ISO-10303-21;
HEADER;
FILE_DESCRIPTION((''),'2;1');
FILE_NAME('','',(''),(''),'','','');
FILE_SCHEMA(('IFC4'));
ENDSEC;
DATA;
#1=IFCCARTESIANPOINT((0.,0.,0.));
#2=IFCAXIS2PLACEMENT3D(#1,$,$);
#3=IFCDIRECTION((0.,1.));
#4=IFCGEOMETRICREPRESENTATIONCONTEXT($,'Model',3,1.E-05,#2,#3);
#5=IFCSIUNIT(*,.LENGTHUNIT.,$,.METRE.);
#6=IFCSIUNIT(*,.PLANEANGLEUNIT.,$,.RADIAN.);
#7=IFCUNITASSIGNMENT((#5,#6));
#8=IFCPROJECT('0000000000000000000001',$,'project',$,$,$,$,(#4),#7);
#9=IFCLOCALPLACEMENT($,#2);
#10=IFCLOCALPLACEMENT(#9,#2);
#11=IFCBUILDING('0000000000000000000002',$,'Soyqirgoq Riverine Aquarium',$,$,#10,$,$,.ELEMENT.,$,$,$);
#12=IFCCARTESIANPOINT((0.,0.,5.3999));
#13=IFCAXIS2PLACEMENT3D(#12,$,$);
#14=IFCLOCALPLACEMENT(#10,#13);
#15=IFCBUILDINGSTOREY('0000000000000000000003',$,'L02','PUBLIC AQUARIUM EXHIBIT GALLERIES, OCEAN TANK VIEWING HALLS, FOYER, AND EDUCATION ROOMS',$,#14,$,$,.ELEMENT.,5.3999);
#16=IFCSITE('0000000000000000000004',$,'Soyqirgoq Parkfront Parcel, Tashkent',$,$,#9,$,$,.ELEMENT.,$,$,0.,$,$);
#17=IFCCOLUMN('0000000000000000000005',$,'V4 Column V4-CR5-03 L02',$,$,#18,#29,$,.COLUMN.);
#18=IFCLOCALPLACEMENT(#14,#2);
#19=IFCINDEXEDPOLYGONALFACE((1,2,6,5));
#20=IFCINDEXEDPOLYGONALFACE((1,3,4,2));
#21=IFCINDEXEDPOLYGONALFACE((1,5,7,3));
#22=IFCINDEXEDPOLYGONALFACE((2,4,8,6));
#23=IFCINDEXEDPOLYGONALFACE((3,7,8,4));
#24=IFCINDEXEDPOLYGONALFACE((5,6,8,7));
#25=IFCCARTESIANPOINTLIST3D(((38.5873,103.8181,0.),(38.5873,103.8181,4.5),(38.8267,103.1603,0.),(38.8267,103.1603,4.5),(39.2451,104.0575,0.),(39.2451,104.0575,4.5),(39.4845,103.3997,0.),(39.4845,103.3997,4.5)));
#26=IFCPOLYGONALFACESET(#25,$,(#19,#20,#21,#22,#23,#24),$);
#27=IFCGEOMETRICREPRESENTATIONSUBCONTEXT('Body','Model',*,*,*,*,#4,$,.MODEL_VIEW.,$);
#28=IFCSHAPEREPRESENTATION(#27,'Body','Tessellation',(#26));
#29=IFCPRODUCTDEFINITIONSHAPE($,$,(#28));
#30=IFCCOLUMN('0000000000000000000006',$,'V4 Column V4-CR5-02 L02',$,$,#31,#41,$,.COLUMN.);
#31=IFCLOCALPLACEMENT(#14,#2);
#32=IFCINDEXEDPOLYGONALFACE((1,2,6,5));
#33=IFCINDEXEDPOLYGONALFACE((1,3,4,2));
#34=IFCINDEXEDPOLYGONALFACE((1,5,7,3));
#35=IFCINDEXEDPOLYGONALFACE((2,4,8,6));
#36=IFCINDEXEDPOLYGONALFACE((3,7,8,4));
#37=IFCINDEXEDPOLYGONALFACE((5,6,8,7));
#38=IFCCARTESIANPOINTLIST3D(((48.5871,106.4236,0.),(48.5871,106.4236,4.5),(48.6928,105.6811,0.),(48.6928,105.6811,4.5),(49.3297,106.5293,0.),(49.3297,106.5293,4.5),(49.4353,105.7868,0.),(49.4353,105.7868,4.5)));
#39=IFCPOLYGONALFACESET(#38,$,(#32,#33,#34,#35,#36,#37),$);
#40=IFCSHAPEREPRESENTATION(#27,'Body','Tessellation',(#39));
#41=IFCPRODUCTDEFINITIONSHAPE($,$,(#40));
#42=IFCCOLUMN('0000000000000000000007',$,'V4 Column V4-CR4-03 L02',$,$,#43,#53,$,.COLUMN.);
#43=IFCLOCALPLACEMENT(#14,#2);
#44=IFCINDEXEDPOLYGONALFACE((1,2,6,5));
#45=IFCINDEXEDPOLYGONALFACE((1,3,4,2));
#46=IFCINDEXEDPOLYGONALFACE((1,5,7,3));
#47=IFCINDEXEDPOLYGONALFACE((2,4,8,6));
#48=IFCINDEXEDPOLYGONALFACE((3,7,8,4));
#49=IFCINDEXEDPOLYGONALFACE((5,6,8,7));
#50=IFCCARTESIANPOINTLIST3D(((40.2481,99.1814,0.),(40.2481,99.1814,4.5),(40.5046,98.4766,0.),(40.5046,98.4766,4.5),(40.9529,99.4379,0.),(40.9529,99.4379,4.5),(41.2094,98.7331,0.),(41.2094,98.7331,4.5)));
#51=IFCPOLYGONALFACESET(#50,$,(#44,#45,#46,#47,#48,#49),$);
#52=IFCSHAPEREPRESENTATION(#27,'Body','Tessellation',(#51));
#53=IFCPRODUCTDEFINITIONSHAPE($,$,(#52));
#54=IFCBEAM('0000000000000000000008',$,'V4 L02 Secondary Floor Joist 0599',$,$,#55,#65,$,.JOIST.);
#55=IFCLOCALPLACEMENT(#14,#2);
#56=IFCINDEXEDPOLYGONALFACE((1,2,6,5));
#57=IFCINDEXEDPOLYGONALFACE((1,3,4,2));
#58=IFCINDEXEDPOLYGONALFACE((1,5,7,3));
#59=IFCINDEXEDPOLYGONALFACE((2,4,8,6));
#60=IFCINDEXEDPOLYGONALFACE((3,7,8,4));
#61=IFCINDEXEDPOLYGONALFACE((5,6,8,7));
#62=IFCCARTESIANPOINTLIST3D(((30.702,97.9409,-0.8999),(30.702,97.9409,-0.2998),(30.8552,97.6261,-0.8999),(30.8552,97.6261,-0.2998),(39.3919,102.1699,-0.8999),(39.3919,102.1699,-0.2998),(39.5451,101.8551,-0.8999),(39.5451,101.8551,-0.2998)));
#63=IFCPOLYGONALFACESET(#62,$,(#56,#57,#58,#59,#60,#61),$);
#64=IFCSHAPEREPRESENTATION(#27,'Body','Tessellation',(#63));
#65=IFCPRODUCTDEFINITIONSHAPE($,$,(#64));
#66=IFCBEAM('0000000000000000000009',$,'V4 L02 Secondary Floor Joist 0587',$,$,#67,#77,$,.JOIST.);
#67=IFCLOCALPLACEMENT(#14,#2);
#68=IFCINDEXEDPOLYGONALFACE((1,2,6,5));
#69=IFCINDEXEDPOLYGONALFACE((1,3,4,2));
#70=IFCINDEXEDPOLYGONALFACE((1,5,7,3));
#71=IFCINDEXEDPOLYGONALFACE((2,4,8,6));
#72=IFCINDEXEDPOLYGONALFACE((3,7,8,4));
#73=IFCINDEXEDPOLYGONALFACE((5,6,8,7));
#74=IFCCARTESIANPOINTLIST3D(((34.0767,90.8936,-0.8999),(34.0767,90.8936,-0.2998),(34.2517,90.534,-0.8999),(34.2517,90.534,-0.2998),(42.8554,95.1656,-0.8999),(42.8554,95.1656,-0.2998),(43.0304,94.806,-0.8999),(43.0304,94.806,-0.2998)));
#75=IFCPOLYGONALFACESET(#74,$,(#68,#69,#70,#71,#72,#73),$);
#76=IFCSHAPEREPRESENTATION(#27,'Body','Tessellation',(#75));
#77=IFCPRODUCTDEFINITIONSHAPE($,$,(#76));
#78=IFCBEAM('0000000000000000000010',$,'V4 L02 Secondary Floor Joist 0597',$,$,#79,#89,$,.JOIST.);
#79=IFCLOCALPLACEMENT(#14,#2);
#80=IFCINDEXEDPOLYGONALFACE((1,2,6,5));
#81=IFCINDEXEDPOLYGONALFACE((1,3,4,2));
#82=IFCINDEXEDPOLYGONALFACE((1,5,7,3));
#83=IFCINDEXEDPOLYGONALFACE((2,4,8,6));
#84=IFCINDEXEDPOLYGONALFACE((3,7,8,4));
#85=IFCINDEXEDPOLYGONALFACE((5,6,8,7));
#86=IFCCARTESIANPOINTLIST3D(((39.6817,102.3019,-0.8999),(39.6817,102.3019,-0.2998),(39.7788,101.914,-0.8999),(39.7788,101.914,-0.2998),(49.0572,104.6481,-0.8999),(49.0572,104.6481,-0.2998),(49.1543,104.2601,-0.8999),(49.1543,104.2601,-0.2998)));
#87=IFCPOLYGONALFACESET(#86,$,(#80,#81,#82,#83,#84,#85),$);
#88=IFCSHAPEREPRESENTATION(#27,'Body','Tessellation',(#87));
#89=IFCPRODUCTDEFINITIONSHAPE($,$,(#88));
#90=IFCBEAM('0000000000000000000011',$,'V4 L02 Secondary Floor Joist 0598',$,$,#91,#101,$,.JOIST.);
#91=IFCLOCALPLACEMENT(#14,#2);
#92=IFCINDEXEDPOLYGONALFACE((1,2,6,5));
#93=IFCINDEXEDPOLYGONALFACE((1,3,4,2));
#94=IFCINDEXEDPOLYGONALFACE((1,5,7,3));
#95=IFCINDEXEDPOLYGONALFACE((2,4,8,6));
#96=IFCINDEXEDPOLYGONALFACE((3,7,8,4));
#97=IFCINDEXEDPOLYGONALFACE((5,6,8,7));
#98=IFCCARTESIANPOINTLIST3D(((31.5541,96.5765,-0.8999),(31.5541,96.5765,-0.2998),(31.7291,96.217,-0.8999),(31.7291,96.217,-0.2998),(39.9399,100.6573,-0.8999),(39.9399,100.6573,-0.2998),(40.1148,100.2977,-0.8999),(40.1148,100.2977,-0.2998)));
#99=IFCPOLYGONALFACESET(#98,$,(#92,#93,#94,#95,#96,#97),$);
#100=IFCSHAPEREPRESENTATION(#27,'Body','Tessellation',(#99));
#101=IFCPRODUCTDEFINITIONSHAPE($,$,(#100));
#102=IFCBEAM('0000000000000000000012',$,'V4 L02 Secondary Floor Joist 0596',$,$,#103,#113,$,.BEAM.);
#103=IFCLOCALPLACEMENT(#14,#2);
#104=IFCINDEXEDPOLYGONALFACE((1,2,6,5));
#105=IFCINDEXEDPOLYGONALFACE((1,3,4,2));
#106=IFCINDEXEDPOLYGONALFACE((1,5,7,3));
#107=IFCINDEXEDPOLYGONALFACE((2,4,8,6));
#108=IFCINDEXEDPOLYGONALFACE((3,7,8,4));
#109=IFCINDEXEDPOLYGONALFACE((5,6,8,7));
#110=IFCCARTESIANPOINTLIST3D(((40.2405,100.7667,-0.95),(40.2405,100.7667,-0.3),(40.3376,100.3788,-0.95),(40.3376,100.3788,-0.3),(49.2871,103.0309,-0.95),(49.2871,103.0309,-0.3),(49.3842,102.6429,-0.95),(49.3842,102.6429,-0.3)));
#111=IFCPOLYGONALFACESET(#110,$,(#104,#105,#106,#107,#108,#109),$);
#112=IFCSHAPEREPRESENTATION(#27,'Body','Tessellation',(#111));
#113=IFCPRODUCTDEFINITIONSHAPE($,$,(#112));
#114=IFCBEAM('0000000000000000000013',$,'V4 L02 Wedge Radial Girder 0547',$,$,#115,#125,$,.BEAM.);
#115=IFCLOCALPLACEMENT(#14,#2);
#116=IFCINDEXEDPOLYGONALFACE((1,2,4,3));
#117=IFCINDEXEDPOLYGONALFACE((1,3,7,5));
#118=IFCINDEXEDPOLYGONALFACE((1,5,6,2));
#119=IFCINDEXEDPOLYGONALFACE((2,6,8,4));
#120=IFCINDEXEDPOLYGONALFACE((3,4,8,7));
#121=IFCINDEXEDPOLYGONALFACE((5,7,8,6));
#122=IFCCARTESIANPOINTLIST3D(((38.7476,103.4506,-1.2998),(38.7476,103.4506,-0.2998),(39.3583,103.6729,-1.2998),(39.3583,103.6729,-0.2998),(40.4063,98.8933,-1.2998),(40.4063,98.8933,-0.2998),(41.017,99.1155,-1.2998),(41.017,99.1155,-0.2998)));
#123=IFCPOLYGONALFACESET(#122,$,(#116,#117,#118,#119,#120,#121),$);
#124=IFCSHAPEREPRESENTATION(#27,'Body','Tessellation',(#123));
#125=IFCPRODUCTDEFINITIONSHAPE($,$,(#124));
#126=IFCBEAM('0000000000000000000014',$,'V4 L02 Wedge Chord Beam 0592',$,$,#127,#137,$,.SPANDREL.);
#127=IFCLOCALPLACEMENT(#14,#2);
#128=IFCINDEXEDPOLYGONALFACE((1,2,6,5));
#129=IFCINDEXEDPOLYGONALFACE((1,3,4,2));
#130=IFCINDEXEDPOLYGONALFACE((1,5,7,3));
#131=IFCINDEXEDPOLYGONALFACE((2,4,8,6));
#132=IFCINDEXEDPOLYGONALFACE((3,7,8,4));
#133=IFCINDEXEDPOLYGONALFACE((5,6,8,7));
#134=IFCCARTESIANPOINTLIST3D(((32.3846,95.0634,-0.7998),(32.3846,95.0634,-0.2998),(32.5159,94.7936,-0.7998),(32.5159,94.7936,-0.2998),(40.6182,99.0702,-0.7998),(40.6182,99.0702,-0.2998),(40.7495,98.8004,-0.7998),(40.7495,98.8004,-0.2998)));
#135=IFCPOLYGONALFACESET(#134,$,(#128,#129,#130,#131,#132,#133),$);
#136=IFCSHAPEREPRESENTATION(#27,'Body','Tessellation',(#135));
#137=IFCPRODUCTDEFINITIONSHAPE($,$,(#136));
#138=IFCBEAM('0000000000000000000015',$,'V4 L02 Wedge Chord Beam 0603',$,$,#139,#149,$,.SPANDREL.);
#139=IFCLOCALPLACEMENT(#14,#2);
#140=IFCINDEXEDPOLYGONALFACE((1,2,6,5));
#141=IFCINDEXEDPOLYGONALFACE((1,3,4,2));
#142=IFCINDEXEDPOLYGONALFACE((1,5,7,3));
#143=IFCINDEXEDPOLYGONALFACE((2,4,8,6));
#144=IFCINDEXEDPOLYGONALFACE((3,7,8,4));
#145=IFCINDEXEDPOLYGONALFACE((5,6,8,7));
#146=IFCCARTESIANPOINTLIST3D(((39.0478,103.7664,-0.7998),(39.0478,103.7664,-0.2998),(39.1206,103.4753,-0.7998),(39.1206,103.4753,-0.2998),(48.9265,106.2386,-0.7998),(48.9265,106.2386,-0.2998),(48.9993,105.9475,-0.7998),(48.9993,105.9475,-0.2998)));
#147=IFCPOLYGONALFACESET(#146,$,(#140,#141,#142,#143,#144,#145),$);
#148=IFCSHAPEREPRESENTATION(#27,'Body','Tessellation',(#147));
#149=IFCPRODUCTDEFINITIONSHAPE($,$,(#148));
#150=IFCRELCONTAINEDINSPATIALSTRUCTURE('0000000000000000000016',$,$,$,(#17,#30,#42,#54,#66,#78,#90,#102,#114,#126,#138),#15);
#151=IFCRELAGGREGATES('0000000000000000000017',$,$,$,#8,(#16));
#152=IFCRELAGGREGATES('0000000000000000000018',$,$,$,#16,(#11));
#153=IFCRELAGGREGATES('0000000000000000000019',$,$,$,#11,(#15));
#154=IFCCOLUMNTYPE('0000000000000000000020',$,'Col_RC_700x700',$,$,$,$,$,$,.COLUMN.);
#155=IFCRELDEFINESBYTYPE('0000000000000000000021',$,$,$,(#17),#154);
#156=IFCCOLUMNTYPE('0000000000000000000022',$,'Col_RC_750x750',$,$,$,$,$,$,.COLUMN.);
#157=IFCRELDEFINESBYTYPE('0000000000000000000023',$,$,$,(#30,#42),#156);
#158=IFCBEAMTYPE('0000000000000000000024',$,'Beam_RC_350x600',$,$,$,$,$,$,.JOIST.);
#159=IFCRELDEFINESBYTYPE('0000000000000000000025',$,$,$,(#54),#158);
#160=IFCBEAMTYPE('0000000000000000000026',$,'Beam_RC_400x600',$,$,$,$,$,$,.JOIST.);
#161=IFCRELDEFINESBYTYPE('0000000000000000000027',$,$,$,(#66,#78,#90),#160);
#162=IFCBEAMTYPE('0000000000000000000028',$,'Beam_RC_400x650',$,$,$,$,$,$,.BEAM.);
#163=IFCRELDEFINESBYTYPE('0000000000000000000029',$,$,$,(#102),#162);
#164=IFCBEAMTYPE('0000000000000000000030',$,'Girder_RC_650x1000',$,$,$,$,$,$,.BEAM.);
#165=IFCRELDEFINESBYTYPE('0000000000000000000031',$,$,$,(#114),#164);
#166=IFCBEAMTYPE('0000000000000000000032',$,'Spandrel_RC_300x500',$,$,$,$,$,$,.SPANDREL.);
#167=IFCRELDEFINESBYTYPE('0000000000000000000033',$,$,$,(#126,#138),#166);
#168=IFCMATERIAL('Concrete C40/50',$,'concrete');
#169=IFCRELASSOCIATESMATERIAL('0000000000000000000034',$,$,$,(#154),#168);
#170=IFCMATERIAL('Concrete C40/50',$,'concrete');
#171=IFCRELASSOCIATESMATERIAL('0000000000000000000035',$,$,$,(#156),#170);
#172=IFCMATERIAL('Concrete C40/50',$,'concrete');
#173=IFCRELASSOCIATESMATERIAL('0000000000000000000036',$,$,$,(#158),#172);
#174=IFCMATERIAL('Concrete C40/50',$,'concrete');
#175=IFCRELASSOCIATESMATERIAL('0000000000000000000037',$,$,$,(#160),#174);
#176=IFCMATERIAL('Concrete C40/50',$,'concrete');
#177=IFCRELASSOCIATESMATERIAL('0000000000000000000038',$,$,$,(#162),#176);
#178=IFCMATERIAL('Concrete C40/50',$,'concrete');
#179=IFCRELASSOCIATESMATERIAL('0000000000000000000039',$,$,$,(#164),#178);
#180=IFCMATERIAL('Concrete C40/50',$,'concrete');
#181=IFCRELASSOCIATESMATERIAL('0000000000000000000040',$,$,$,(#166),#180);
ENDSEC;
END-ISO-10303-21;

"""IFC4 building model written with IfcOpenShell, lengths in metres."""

from ifc_helpers import new_model, si_unit, direction, frame, origin, origin_2d, place, context, subcontext, project, spatial, rectangle, extrude, material, material_profile, profile_set, type_object, element, save


model = new_model("IFC4")

# Units and contexts
model_context = context("Model", 3, precision=1e-05, world=origin(), true_north=direction((0.0, 1.0)))
body_context = subcontext(model_context, "Body", "Model", "MODEL_VIEW")
ifc_project = project(units=[si_unit("LENGTHUNIT", "METRE"), si_unit("PLANEANGLEUNIT", "RADIAN")], contexts=[model_context])

# Site, building, storey
site_placement = place(None, origin())
site = spatial("IfcSite", under=ifc_project, at=site_placement, Name="Soyqirgoq Parkfront Parcel, Tashkent", CompositionType="ELEMENT", RefElevation=0.0)
building_placement = place(site_placement, origin())
building = spatial("IfcBuilding", under=site, at=building_placement, Name="Soyqirgoq Riverine Aquarium", CompositionType="ELEMENT")
storey_placement = place(building_placement, frame((0.0, 0.0, 5.3999)))
storey = spatial("IfcBuildingStorey", under=building, at=storey_placement, Name="L02", Description="PUBLIC AQUARIUM EXHIBIT GALLERIES, OCEAN TANK VIEWING HALLS, FOYER, AND EDUCATION ROOMS", CompositionType="ELEMENT", Elevation=5.3999)

# Columns
ifc_material_1 = material(Name="Concrete C40/50", Category="concrete")
ifc_material_profile_1 = material_profile(ifc_material_1, rectangle(XDim=0.7, YDim=0.7, at=origin_2d()), Name="RC 700x700")
ifc_profile_set_1 = profile_set([ifc_material_profile_1], Name="Concrete C40/50")
column_type_1 = type_object("IfcColumnType", Name="Col_RC_700x700", PredefinedType="COLUMN", material=ifc_profile_set_1)
column_placement = place(storey_placement, frame((39.0359, 103.6089, 0.0), z_axis=(0.0, 0.0, 1.0), x_axis=(-0.34202, 0.939693, 0.0)))
element("IfcColumn", 1, at=column_placement, inside=storey, type_object=column_type_1, Name="V4 Column V4-CR5-03 L02", PredefinedType="COLUMN", context=body_context, shape_type="SweptSolid", body=[
    extrude(rectangle(XDim=0.7, YDim=0.7, at=origin_2d()), origin(), (0.0, 0.0, 1.0), 4.5),
])
ifc_material_2 = material(Name="Concrete C40/50", Category="concrete")
ifc_material_profile_2 = material_profile(ifc_material_2, rectangle(XDim=0.75, YDim=0.75, at=origin_2d()), Name="RC 750x750")
ifc_profile_set_2 = profile_set([ifc_material_profile_2], Name="Concrete C40/50")
column_type_2 = type_object("IfcColumnType", Name="Col_RC_750x750", PredefinedType="COLUMN", material=ifc_profile_set_2)
for number, where, z_axis, x_axis, name in (
    (2, (49.0112, 106.1052, 0.0), (0.0, 0.0, 1.0), (-0.140901, 0.990024, 0.0), "V4 Column V4-CR5-02 L02"),
    (3, (40.7288, 98.9573, 0.0), (0.0, 0.0, 1.0), (-0.34202, 0.939693, 0.0), "V4 Column V4-CR4-03 L02"),
):
    element("IfcColumn", number, at=place(storey_placement, frame(where, z_axis=z_axis, x_axis=x_axis)), inside=storey, type_object=column_type_2, Name=name, PredefinedType="COLUMN", context=body_context, shape_type="SweptSolid", body=[
        extrude(rectangle(XDim=0.75, YDim=0.75, at=origin_2d()), origin(), (0.0, 0.0, 1.0), 4.5),
    ])

# Beams
ifc_material_3 = material(Name="Concrete C40/50", Category="concrete")
ifc_material_profile_3 = material_profile(ifc_material_3, rectangle(XDim=0.3501, YDim=0.6001, at=origin_2d()), Name="RC 350x600")
ifc_profile_set_3 = profile_set([ifc_material_profile_3], Name="Concrete C40/50")
beam_type_1 = type_object("IfcBeamType", Name="Beam_RC_350x600", PredefinedType="JOIST", material=ifc_profile_set_3)
beam_1_placement = place(storey_placement, frame((39.4685, 102.0125, -0.5999), z_axis=(-0.899175, -0.437588, 0.0), x_axis=(0.437588, -0.899175, 0.0)))
element("IfcBeam", 4, at=beam_1_placement, inside=storey, type_object=beam_type_1, Name="V4 L02 Secondary Floor Joist 0599", PredefinedType="JOIST", context=body_context, shape_type="SweptSolid", body=[
    extrude(rectangle(XDim=0.3501, YDim=0.6001, at=origin_2d()), origin(), (0.0, 0.0, 1.0), 9.6643),
])
ifc_material_4 = material(Name="Concrete C40/50", Category="concrete")
ifc_material_profile_4 = material_profile(ifc_material_4, rectangle(XDim=0.3999, YDim=0.6001, at=origin_2d()), Name="RC 400x600")
ifc_profile_set_4 = profile_set([ifc_material_profile_4], Name="Concrete C40/50")
beam_type_2 = type_object("IfcBeamType", Name="Beam_RC_400x600", PredefinedType="JOIST", material=ifc_profile_set_4)
beam_2_placement = place(storey_placement, frame((42.9429, 94.9858, -0.5999), z_axis=(-0.899182, -0.437575, 0.0), x_axis=(0.437575, -0.899182, 0.0)))
element("IfcBeam", 5, at=beam_2_placement, inside=storey, type_object=beam_type_2, Name="V4 L02 Secondary Floor Joist 0587", PredefinedType="JOIST", context=body_context, shape_type="SweptSolid", body=[
    extrude(rectangle(XDim=0.3999, YDim=0.6001, at=origin_2d()), origin(), (0.0, 0.0, 1.0), 9.7629),
])
beam_3_placement = place(storey_placement, frame((49.1057, 104.4541, -0.5999), z_axis=(-0.970086, -0.242761, 0.0), x_axis=(0.242761, -0.970086, 0.0)))
element("IfcBeam", 6, at=beam_3_placement, inside=storey, type_object=beam_type_2, Name="V4 L02 Secondary Floor Joist 0597", PredefinedType="JOIST", context=body_context, shape_type="SweptSolid", body=[
    extrude(rectangle(XDim=0.3999, YDim=0.6001, at=origin_2d()), origin(), (0.0, 0.0, 1.0), 9.6646),
])
beam_4_placement = place(storey_placement, frame((40.0273, 100.4775, -0.5999), z_axis=(-0.899182, -0.437575, 0.0), x_axis=(0.437575, -0.899182, 0.0)))
element("IfcBeam", 7, at=beam_4_placement, inside=storey, type_object=beam_type_2, Name="V4 L02 Secondary Floor Joist 0598", PredefinedType="JOIST", context=body_context, shape_type="SweptSolid", body=[
    extrude(rectangle(XDim=0.3999, YDim=0.6001, at=origin_2d()), origin(), (0.0, 0.0, 1.0), 9.3259),
])
ifc_material_5 = material(Name="Concrete C40/50", Category="concrete")
ifc_material_profile_5 = material_profile(ifc_material_5, rectangle(XDim=0.3999, YDim=0.6499, at=origin_2d()), Name="RC 400x650")
ifc_profile_set_5 = profile_set([ifc_material_profile_5], Name="Concrete C40/50")
beam_type_3 = type_object("IfcBeamType", Name="Beam_RC_400x650", PredefinedType="BEAM", material=ifc_profile_set_5)
beam_5_placement = place(storey_placement, frame((49.3357, 102.8369, -0.625), z_axis=(-0.970079, -0.242788, 0.0), x_axis=(0.242788, -0.970079, 0.0)))
element("IfcBeam", 8, at=beam_5_placement, inside=storey, type_object=beam_type_3, Name="V4 L02 Secondary Floor Joist 0596", PredefinedType="BEAM", context=body_context, shape_type="SweptSolid", body=[
    extrude(rectangle(XDim=0.3999, YDim=0.6499, at=origin_2d()), origin(), (0.0, 0.0, 1.0), 9.3257),
])
ifc_material_6 = material(Name="Concrete C40/50", Category="concrete")
ifc_material_profile_6 = material_profile(ifc_material_6, rectangle(XDim=0.6499, YDim=1.0, at=origin_2d()), Name="RC 650x1000")
ifc_profile_set_6 = profile_set([ifc_material_profile_6], Name="Concrete C40/50")
beam_type_4 = type_object("IfcBeamType", Name="Girder_RC_650x1000", PredefinedType="BEAM", material=ifc_profile_set_6)
beam_6_placement = place(storey_placement, frame((40.7117, 99.0044, -0.7998), z_axis=(-0.34201, 0.939696, 0.0), x_axis=(-0.939696, -0.34201, 0.0)))
element("IfcBeam", 9, at=beam_6_placement, inside=storey, type_object=beam_type_4, Name="V4 L02 Wedge Radial Girder 0547", PredefinedType="BEAM", context=body_context, shape_type="SweptSolid", body=[
    extrude(rectangle(XDim=0.6499, YDim=1.0, at=origin_2d()), origin(), (0.0, 0.0, 1.0), 4.8499),
])
ifc_material_7 = material(Name="Concrete C40/50", Category="concrete")
ifc_material_profile_7 = material_profile(ifc_material_7, rectangle(XDim=0.3, YDim=0.5, at=origin_2d()), Name="RC 300x500")
ifc_profile_set_7 = profile_set([ifc_material_profile_7], Name="Concrete C40/50")
beam_type_5 = type_object("IfcBeamType", Name="Spandrel_RC_300x500", PredefinedType="SPANDREL", material=ifc_profile_set_7)
beam_7_placement = place(storey_placement, frame((40.6838, 98.9353, -0.5498), z_axis=(-0.89918, -0.437579, 0.0), x_axis=(0.437579, -0.89918, 0.0)))
element("IfcBeam", 10, at=beam_7_placement, inside=storey, type_object=beam_type_5, Name="V4 L02 Wedge Chord Beam 0592", PredefinedType="SPANDREL", context=body_context, shape_type="SweptSolid", body=[
    extrude(rectangle(XDim=0.3, YDim=0.5, at=origin_2d()), origin(), (0.0, 0.0, 1.0), 9.1567),
])
beam_8_placement = place(storey_placement, frame((48.9629, 106.093, -0.5498), z_axis=(-0.970085, -0.242767, 0.0), x_axis=(0.242767, -0.970085, 0.0)))
element("IfcBeam", 11, at=beam_8_placement, inside=storey, type_object=beam_type_5, Name="V4 L02 Wedge Chord Beam 0603", PredefinedType="SPANDREL", context=body_context, shape_type="SweptSolid", body=[
    extrude(rectangle(XDim=0.3, YDim=0.5, at=origin_2d()), origin(), (0.0, 0.0, 1.0), 10.1833),
])

save(model, "model.ifc")
